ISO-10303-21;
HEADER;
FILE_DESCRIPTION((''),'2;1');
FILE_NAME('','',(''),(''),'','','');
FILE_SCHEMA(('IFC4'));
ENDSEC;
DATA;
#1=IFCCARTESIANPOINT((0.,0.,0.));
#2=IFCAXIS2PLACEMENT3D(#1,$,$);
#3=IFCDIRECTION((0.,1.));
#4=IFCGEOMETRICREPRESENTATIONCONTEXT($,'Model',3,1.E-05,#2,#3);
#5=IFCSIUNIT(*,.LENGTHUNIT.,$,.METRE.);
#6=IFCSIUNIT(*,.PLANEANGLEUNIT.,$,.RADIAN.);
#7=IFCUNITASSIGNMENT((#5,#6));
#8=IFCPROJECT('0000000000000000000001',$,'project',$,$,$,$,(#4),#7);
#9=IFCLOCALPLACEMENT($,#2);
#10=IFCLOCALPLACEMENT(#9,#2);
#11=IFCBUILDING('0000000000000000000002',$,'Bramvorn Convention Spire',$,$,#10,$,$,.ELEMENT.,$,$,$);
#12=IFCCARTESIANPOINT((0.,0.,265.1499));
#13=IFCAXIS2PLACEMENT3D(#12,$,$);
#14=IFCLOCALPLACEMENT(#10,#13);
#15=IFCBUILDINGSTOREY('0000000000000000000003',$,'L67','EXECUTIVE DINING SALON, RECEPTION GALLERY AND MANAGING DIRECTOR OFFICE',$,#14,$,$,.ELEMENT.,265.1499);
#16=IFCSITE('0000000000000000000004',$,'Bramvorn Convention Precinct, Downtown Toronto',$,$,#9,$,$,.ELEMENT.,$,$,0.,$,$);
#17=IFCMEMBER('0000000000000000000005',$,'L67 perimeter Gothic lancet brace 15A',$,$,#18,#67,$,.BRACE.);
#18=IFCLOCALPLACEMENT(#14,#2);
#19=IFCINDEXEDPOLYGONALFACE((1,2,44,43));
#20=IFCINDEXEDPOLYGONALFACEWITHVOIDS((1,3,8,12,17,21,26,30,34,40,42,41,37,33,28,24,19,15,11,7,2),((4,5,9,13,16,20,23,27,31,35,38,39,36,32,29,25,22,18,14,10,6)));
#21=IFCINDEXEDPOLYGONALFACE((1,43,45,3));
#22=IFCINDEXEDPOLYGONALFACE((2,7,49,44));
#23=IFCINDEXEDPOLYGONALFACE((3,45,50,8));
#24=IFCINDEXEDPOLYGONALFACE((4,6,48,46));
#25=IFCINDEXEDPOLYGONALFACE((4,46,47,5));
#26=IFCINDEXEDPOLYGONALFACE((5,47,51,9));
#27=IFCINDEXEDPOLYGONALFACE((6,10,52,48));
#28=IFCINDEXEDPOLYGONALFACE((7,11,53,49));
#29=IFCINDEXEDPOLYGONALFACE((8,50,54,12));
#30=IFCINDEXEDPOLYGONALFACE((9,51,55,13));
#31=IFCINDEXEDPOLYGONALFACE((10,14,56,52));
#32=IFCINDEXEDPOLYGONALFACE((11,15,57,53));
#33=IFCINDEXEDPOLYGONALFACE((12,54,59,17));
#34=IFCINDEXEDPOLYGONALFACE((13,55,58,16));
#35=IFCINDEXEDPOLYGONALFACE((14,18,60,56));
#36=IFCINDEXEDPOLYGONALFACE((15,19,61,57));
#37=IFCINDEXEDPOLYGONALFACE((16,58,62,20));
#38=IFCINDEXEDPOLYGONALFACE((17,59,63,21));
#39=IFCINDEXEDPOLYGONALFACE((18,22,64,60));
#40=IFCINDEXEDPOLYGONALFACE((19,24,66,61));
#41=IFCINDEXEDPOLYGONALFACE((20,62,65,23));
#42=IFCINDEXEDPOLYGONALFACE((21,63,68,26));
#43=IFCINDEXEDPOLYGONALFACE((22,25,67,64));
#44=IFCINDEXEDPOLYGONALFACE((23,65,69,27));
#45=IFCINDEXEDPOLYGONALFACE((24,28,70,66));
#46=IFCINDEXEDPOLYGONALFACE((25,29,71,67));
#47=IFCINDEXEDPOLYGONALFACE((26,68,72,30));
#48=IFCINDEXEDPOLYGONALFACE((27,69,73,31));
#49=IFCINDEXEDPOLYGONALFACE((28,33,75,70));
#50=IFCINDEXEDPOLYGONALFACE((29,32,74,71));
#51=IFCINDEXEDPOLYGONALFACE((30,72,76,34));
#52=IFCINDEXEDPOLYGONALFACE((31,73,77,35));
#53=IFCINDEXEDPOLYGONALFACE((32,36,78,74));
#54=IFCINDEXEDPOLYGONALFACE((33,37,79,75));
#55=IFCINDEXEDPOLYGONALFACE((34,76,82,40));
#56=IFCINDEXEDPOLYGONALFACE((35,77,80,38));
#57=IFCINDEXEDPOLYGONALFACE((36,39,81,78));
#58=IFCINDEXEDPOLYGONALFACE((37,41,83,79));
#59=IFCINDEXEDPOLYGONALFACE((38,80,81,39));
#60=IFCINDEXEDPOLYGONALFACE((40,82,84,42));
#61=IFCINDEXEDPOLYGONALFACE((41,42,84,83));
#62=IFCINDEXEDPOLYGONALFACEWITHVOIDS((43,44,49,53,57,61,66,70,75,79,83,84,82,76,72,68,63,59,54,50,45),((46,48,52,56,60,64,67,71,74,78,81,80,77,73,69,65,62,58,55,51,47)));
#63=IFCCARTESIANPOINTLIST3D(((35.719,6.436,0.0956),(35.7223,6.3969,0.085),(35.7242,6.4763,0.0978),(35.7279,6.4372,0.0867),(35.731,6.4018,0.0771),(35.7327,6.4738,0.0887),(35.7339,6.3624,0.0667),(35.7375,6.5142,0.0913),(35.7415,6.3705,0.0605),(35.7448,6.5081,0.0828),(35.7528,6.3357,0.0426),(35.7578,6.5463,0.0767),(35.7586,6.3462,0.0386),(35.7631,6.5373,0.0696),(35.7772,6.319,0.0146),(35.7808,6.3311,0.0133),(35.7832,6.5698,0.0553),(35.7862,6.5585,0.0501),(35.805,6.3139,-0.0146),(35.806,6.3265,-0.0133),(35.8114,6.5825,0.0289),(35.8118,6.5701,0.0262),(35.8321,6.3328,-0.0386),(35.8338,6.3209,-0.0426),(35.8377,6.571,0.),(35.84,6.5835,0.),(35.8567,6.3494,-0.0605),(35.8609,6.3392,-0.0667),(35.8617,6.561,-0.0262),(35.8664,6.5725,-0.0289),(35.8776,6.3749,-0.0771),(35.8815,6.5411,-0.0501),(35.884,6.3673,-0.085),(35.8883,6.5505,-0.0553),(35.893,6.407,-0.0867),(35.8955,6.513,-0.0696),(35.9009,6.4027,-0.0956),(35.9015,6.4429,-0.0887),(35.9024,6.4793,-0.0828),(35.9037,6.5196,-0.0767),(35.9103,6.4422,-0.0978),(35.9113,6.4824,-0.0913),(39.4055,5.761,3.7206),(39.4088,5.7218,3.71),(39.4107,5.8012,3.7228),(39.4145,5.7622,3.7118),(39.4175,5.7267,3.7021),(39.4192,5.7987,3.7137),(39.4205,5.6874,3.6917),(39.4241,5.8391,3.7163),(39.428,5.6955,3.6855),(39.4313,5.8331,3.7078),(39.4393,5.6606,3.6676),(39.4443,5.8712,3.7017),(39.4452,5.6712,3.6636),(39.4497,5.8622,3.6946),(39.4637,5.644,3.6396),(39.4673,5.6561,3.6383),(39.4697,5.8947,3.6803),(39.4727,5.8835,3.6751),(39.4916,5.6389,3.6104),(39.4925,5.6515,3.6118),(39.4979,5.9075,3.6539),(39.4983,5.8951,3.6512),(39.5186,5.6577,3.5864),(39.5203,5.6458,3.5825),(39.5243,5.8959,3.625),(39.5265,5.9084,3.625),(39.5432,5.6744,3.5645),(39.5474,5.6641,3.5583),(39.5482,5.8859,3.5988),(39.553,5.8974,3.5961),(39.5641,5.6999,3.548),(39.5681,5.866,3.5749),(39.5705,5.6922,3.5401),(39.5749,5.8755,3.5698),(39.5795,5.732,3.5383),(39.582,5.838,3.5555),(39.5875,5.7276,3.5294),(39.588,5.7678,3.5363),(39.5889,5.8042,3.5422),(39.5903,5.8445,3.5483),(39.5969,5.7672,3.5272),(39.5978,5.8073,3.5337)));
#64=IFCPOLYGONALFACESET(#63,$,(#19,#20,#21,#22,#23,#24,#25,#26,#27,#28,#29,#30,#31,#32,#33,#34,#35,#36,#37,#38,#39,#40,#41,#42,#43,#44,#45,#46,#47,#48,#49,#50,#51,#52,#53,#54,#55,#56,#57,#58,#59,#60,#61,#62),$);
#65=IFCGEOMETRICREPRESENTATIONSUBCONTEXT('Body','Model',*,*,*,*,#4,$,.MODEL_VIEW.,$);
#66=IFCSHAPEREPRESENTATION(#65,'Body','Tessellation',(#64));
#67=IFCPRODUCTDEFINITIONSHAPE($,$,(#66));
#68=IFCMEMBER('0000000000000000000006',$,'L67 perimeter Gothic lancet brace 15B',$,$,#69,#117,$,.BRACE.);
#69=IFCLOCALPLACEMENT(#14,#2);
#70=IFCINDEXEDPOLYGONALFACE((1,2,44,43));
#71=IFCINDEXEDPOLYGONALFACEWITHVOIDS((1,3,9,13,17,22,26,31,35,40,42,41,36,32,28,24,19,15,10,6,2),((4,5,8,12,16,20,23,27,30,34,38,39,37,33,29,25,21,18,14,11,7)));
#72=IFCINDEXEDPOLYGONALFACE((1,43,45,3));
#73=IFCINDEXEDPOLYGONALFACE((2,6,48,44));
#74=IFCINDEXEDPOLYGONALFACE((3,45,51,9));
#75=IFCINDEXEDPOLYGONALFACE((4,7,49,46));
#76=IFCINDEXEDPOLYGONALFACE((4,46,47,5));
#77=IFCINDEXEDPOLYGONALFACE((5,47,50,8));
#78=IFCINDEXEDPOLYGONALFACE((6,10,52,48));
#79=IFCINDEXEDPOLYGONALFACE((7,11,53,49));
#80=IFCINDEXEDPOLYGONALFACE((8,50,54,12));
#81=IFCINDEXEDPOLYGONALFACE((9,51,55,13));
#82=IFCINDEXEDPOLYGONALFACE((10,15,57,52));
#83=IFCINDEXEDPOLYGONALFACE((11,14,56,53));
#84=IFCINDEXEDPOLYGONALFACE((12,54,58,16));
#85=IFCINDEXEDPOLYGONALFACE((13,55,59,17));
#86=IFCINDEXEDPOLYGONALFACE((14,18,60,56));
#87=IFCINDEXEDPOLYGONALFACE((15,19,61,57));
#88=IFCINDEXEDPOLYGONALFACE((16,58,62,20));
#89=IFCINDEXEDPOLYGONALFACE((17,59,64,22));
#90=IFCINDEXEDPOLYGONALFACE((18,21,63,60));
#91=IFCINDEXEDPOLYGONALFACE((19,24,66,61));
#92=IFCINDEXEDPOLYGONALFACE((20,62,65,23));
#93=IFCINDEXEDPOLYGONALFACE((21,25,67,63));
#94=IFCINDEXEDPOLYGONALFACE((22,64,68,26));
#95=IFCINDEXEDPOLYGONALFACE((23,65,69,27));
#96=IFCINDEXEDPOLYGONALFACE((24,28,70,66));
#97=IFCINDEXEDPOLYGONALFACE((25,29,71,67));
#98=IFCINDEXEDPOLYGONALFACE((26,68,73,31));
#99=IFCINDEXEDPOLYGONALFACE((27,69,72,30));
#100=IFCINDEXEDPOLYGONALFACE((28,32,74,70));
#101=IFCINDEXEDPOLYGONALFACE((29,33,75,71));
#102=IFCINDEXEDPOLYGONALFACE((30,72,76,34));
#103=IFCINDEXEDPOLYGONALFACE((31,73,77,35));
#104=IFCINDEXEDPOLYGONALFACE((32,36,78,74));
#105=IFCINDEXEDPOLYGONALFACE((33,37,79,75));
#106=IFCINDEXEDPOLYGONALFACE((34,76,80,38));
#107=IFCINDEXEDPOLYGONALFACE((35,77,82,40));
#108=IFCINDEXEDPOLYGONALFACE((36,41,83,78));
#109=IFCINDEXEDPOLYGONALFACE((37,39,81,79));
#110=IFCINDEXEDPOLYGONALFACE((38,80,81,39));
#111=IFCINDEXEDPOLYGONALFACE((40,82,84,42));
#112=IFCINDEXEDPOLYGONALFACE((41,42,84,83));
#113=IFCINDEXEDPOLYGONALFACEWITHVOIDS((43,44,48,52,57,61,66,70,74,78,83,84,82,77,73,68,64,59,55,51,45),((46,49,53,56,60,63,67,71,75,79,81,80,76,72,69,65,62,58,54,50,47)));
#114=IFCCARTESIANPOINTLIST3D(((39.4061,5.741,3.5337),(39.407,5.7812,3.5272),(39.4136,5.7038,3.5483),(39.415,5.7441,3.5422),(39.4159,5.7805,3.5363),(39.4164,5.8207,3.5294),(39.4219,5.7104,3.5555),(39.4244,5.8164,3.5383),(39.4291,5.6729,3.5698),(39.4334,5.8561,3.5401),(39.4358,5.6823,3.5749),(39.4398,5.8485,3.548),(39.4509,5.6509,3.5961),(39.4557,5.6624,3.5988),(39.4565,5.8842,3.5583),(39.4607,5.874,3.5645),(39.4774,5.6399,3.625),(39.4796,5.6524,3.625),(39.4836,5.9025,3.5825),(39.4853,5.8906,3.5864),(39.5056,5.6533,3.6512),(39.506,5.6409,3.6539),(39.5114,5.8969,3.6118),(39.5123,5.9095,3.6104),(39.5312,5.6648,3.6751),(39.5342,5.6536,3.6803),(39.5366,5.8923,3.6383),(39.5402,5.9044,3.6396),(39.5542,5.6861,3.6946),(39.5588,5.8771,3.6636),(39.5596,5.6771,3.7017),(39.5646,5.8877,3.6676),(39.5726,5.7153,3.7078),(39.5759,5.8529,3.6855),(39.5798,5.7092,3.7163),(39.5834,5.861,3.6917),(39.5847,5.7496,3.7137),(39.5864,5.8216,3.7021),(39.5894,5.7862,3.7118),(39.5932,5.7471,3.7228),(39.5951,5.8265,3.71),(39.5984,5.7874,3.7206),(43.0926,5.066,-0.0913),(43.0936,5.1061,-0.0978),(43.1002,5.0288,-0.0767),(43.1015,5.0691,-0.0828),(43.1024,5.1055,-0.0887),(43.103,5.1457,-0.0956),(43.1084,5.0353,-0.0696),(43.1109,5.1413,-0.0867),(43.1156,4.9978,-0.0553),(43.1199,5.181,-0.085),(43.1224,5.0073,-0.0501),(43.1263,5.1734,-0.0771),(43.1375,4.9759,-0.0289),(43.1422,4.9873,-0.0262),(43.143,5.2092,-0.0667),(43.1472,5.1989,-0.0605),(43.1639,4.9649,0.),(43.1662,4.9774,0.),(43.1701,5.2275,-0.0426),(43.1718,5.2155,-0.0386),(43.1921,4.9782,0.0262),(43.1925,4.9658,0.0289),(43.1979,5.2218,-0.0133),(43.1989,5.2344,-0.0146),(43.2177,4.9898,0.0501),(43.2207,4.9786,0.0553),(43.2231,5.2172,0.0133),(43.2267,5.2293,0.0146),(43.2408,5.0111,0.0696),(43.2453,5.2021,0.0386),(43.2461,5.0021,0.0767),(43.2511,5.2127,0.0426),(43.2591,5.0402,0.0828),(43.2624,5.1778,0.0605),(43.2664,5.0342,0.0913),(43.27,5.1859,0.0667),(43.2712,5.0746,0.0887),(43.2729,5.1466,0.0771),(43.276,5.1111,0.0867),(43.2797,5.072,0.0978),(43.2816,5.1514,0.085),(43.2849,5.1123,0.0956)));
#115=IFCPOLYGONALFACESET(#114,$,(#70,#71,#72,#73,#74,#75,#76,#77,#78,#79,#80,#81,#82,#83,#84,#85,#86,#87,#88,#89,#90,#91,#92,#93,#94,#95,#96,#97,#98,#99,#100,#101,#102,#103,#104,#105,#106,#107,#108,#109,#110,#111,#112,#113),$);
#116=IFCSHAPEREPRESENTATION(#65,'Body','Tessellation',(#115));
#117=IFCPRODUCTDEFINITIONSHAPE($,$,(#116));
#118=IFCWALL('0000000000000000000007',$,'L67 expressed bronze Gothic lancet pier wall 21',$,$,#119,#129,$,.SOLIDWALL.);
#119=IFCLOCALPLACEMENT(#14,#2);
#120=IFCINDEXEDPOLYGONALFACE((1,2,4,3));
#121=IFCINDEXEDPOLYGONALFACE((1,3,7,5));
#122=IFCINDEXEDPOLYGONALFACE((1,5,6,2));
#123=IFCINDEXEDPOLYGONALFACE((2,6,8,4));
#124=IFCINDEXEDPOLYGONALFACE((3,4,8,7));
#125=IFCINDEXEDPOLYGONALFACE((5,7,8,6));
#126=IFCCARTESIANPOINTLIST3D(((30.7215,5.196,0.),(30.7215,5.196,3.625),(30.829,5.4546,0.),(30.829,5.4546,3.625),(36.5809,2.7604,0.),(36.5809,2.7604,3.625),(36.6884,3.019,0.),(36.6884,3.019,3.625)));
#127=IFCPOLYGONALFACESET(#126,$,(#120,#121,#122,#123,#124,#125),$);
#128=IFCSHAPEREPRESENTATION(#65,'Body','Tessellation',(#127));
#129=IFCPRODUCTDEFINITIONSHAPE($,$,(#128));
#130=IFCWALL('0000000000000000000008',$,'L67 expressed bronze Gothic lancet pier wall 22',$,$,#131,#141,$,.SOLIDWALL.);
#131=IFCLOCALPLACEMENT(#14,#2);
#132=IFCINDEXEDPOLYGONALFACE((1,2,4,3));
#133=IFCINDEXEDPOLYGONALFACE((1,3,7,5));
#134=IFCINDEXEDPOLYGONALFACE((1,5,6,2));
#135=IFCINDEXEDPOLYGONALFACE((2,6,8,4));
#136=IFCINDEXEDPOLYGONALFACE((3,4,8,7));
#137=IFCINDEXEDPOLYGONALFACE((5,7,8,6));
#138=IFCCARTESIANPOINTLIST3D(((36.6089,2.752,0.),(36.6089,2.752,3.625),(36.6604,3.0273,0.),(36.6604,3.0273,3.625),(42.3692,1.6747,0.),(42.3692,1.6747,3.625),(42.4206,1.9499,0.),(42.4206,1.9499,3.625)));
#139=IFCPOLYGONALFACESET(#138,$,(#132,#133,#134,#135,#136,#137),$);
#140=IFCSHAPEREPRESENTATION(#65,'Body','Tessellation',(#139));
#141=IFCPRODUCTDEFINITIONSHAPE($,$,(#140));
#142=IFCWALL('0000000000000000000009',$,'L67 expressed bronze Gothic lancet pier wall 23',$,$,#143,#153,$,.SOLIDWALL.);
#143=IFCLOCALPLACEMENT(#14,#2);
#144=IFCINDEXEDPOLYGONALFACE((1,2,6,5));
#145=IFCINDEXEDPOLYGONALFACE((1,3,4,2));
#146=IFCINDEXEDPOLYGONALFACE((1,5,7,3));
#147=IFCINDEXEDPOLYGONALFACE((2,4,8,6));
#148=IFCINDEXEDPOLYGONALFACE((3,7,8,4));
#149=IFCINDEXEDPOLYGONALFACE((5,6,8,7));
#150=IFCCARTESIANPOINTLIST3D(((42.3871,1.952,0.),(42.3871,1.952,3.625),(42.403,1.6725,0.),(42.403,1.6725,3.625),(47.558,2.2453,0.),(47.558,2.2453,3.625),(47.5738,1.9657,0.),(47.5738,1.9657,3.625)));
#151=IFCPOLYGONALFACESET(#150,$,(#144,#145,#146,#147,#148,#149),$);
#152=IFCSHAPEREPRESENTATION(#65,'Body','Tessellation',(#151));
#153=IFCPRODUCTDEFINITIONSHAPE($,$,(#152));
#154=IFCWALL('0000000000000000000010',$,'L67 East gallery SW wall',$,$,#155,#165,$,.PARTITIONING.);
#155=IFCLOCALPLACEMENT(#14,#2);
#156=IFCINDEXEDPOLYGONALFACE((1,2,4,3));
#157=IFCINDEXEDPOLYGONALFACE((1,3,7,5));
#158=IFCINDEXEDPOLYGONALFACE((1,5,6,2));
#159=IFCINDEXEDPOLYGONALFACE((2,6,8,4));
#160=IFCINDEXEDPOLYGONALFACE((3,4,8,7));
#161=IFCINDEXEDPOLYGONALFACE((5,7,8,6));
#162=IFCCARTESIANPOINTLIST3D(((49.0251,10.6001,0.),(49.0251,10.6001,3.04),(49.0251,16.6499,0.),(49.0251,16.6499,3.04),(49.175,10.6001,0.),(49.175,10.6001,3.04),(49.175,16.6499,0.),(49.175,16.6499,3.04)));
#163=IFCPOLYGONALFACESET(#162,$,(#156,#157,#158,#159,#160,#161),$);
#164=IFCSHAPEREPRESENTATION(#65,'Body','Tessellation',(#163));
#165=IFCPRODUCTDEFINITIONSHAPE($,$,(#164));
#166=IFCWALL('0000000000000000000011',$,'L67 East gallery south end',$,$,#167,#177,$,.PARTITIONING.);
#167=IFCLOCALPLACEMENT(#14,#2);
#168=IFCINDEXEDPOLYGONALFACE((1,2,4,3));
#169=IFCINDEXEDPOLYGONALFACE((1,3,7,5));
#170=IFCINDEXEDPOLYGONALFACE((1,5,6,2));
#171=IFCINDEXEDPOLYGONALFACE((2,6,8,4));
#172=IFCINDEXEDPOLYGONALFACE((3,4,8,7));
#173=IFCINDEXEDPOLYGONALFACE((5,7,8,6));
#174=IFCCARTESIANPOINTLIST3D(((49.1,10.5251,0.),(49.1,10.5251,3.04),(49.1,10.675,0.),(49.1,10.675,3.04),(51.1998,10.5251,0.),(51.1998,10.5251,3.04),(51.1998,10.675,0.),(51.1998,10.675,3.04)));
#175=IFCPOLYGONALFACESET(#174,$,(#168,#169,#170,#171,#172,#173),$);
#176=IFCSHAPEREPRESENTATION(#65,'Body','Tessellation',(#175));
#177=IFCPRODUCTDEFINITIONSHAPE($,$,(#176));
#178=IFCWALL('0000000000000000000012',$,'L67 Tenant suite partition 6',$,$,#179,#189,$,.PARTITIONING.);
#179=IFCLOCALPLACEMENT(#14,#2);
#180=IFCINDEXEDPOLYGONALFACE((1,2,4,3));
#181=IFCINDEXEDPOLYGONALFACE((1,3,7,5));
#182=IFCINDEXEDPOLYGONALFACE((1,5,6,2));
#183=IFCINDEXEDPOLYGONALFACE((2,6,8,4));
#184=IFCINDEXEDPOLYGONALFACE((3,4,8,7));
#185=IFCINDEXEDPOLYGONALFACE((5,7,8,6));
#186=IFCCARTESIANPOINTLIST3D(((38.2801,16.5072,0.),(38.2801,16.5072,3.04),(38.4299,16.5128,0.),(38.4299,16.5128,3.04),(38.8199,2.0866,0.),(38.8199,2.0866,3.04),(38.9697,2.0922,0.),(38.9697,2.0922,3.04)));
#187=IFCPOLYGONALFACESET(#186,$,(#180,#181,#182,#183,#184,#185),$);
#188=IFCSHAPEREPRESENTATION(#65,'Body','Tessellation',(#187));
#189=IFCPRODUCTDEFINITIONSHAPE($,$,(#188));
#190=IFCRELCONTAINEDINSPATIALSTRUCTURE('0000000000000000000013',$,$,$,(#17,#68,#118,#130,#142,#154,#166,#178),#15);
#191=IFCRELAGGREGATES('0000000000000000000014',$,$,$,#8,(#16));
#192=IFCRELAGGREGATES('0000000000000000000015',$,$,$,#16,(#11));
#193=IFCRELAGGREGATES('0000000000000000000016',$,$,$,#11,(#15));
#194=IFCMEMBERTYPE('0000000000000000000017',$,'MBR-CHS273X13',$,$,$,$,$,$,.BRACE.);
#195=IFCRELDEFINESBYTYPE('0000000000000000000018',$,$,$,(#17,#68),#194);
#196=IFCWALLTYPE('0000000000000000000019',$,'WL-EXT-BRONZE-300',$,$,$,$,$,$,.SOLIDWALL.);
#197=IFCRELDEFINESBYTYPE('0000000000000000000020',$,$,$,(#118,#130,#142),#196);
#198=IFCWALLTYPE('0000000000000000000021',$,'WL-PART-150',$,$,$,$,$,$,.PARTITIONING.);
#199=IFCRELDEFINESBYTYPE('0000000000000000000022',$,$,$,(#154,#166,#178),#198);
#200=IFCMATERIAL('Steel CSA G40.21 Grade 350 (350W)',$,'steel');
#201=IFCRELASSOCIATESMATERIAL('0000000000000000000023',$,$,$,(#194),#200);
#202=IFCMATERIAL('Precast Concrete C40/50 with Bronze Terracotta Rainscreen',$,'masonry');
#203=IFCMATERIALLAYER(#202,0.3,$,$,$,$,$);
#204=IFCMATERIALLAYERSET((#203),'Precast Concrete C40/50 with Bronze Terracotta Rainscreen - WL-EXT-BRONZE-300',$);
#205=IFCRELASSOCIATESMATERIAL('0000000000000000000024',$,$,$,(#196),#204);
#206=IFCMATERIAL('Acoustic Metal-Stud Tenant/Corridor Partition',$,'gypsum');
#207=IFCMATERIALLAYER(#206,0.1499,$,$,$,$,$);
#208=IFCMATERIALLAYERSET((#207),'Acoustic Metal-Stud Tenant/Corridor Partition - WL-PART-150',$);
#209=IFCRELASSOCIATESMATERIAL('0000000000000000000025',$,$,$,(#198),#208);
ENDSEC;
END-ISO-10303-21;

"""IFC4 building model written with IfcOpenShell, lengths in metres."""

from ifc_helpers import new_model, si_unit, direction, frame, frame_2d, origin, origin_2d, place, context, subcontext, project, spatial, rectangle, hollow_circle, extrude, material, layer, layer_set, material_profile, profile_set, type_object, element, save


model = new_model("IFC4")

# Units and contexts
model_context = context("Model", 3, precision=1e-05, world=origin(), true_north=direction((0.0, 1.0)))
body_context = subcontext(model_context, "Body", "Model", "MODEL_VIEW")
ifc_project = project(units=[si_unit("LENGTHUNIT", "METRE"), si_unit("PLANEANGLEUNIT", "RADIAN")], contexts=[model_context])

# Site, building, storey
site_placement = place(None, origin())
site = spatial("IfcSite", under=ifc_project, at=site_placement, Name="Bramvorn Convention Precinct, Downtown Toronto", CompositionType="ELEMENT", RefElevation=0.0)
building_placement = place(site_placement, origin())
building = spatial("IfcBuilding", under=site, at=building_placement, Name="Bramvorn Convention Spire", CompositionType="ELEMENT")
storey_placement = place(building_placement, frame((0.0, 0.0, 265.1499)))
storey = spatial("IfcBuildingStorey", under=building, at=storey_placement, Name="L67", Description="EXECUTIVE DINING SALON, RECEPTION GALLERY AND MANAGING DIRECTOR OFFICE", CompositionType="ELEMENT", Elevation=265.1499)

# Shared definitions
ifc_material_1 = material(Name="Steel CSA G40.21 Grade 350 (350W)", Category="steel")

# Members
ifc_material_profile_1 = material_profile(ifc_material_1, hollow_circle(Radius=0.1365, WallThickness=0.0127, at=origin_2d()))
ifc_profile_set_1 = profile_set([ifc_material_profile_1], Name="Steel CSA G40.21 Grade 350 (350W) - CHS273X13")
member_type = type_object("IfcMemberType", Name="MBR-CHS273X13", PredefinedType="BRACE", material=ifc_profile_set_1)
for number, where, z_axis, x_axis, name in (
    (1, (35.8154, 6.4492, 0.0), (0.707031, -0.129466, 0.695231), (0.180118, 0.983645, 0.0), "L67 perimeter Gothic lancet brace 15A"),
    (2, (43.1885, 5.0991, 0.0), (-0.707031, 0.129466, 0.695231), (-0.180118, -0.983645, 0.0), "L67 perimeter Gothic lancet brace 15B"),
):
    element("IfcMember", number, at=place(storey_placement, frame(where, z_axis=z_axis, x_axis=x_axis)), inside=storey, type_object=member_type, Name=name, PredefinedType="BRACE", context=body_context, shape_type="SweptSolid", body=[
        extrude(hollow_circle(Radius=0.1365, WallThickness=0.0127, at=origin_2d()), origin(), (0.0, 0.0, 1.0), 5.2141),
    ])

# Walls
ifc_material_2 = material(Name="Precast Concrete C40/50 with Bronze Terracotta Rainscreen", Category="masonry")
ifc_layer_1 = layer(ifc_material_2, 0.3)
ifc_layer_set_1 = layer_set([ifc_layer_1], Name="Precast Concrete C40/50 with Bronze Terracotta Rainscreen - WL-EXT-BRONZE-300")
wall_type_1 = type_object("IfcWallType", Name="WL-EXT-BRONZE-300", PredefinedType="SOLIDWALL", material=ifc_layer_set_1)
wall_1_placement = place(storey_placement, frame((36.6348, 2.8896, 0.0), z_axis=(0.0, 0.0, 1.0), x_axis=(-0.923404, 0.383828, 0.0)))
element("IfcWall", 3, at=wall_1_placement, inside=storey, type_object=wall_type_1, Name="L67 expressed bronze Gothic lancet pier wall 21", PredefinedType="SOLIDWALL", context=body_context, shape_type="SweptSolid", body=[
    extrude(rectangle(XDim=6.3455, YDim=0.28, at=frame_2d((3.1729, 0.0))), origin(), (0.0, 0.0, 1.0), 3.625),
])
wall_2_placement = place(storey_placement, frame((42.395, 1.8123, 0.0), z_axis=(0.0, 0.0, 1.0), x_axis=(-0.982954, 0.183851, 0.0)))
element("IfcWall", 4, at=wall_2_placement, inside=storey, type_object=wall_type_1, Name="L67 expressed bronze Gothic lancet pier wall 22", PredefinedType="SOLIDWALL", context=body_context, shape_type="SweptSolid", body=[
    extrude(rectangle(XDim=5.8601, YDim=0.28, at=frame_2d((2.9302, 0.0))), origin(), (0.0, 0.0, 1.0), 3.625),
])
wall_3_placement = place(storey_placement, frame((47.5659, 2.1055, 0.0), z_axis=(0.0, 0.0, 1.0), x_axis=(-0.998396, -0.056613, 0.0)))
element("IfcWall", 5, at=wall_3_placement, inside=storey, type_object=wall_type_1, Name="L67 expressed bronze Gothic lancet pier wall 23", PredefinedType="SOLIDWALL", context=body_context, shape_type="SweptSolid", body=[
    extrude(rectangle(XDim=5.1792, YDim=0.28, at=frame_2d((2.5896, 0.0))), origin(), (0.0, 0.0, 1.0), 3.625),
])
ifc_material_3 = material(Name="Acoustic Metal-Stud Tenant/Corridor Partition", Category="gypsum")
ifc_layer_2 = layer(ifc_material_3, 0.1499)
ifc_layer_set_2 = layer_set([ifc_layer_2], Name="Acoustic Metal-Stud Tenant/Corridor Partition - WL-PART-150")
wall_type_2 = type_object("IfcWallType", Name="WL-PART-150", PredefinedType="PARTITIONING", material=ifc_layer_set_2)
wall_4_placement = place(storey_placement, frame((49.1001, 10.6001, 0.0), z_axis=(0.0, 0.0, 1.0), x_axis=(0.0, 1.0, 0.0)))
element("IfcWall", 6, at=wall_4_placement, inside=storey, type_object=wall_type_2, Name="L67 East gallery SW wall", PredefinedType="PARTITIONING", context=body_context, shape_type="SweptSolid", body=[
    extrude(rectangle(XDim=6.0498, YDim=0.1499, at=frame_2d((3.0249, 0.0))), origin(), (0.0, 0.0, 1.0), 3.04),
])
wall_5_placement = place(storey_placement, frame((49.1001, 10.6001, 0.0), z_axis=(0.0, 0.0, 1.0), x_axis=(1.0, 0.0, 0.0)))
element("IfcWall", 7, at=wall_5_placement, inside=storey, type_object=wall_type_2, Name="L67 East gallery south end", PredefinedType="PARTITIONING", context=body_context, shape_type="SweptSolid", body=[
    extrude(rectangle(XDim=2.0999, YDim=0.1499, at=frame_2d((1.0498, 0.0))), origin(), (0.0, 0.0, 1.0), 3.04),
])
wall_6_placement = place(storey_placement, frame((38.355, 16.51, 0.0), z_axis=(0.0, 0.0, 1.0), x_axis=(0.037406, -0.9993, 0.0)))
element("IfcWall", 8, at=wall_6_placement, inside=storey, type_object=wall_type_2, Name="L67 Tenant suite partition 6", PredefinedType="PARTITIONING", context=body_context, shape_type="SweptSolid", body=[
    extrude(rectangle(XDim=14.4307, YDim=0.1499, at=frame_2d((7.2153, 0.0))), origin(), (0.0, 0.0, 1.0), 3.04),
])

save(model, "model.ifc")
